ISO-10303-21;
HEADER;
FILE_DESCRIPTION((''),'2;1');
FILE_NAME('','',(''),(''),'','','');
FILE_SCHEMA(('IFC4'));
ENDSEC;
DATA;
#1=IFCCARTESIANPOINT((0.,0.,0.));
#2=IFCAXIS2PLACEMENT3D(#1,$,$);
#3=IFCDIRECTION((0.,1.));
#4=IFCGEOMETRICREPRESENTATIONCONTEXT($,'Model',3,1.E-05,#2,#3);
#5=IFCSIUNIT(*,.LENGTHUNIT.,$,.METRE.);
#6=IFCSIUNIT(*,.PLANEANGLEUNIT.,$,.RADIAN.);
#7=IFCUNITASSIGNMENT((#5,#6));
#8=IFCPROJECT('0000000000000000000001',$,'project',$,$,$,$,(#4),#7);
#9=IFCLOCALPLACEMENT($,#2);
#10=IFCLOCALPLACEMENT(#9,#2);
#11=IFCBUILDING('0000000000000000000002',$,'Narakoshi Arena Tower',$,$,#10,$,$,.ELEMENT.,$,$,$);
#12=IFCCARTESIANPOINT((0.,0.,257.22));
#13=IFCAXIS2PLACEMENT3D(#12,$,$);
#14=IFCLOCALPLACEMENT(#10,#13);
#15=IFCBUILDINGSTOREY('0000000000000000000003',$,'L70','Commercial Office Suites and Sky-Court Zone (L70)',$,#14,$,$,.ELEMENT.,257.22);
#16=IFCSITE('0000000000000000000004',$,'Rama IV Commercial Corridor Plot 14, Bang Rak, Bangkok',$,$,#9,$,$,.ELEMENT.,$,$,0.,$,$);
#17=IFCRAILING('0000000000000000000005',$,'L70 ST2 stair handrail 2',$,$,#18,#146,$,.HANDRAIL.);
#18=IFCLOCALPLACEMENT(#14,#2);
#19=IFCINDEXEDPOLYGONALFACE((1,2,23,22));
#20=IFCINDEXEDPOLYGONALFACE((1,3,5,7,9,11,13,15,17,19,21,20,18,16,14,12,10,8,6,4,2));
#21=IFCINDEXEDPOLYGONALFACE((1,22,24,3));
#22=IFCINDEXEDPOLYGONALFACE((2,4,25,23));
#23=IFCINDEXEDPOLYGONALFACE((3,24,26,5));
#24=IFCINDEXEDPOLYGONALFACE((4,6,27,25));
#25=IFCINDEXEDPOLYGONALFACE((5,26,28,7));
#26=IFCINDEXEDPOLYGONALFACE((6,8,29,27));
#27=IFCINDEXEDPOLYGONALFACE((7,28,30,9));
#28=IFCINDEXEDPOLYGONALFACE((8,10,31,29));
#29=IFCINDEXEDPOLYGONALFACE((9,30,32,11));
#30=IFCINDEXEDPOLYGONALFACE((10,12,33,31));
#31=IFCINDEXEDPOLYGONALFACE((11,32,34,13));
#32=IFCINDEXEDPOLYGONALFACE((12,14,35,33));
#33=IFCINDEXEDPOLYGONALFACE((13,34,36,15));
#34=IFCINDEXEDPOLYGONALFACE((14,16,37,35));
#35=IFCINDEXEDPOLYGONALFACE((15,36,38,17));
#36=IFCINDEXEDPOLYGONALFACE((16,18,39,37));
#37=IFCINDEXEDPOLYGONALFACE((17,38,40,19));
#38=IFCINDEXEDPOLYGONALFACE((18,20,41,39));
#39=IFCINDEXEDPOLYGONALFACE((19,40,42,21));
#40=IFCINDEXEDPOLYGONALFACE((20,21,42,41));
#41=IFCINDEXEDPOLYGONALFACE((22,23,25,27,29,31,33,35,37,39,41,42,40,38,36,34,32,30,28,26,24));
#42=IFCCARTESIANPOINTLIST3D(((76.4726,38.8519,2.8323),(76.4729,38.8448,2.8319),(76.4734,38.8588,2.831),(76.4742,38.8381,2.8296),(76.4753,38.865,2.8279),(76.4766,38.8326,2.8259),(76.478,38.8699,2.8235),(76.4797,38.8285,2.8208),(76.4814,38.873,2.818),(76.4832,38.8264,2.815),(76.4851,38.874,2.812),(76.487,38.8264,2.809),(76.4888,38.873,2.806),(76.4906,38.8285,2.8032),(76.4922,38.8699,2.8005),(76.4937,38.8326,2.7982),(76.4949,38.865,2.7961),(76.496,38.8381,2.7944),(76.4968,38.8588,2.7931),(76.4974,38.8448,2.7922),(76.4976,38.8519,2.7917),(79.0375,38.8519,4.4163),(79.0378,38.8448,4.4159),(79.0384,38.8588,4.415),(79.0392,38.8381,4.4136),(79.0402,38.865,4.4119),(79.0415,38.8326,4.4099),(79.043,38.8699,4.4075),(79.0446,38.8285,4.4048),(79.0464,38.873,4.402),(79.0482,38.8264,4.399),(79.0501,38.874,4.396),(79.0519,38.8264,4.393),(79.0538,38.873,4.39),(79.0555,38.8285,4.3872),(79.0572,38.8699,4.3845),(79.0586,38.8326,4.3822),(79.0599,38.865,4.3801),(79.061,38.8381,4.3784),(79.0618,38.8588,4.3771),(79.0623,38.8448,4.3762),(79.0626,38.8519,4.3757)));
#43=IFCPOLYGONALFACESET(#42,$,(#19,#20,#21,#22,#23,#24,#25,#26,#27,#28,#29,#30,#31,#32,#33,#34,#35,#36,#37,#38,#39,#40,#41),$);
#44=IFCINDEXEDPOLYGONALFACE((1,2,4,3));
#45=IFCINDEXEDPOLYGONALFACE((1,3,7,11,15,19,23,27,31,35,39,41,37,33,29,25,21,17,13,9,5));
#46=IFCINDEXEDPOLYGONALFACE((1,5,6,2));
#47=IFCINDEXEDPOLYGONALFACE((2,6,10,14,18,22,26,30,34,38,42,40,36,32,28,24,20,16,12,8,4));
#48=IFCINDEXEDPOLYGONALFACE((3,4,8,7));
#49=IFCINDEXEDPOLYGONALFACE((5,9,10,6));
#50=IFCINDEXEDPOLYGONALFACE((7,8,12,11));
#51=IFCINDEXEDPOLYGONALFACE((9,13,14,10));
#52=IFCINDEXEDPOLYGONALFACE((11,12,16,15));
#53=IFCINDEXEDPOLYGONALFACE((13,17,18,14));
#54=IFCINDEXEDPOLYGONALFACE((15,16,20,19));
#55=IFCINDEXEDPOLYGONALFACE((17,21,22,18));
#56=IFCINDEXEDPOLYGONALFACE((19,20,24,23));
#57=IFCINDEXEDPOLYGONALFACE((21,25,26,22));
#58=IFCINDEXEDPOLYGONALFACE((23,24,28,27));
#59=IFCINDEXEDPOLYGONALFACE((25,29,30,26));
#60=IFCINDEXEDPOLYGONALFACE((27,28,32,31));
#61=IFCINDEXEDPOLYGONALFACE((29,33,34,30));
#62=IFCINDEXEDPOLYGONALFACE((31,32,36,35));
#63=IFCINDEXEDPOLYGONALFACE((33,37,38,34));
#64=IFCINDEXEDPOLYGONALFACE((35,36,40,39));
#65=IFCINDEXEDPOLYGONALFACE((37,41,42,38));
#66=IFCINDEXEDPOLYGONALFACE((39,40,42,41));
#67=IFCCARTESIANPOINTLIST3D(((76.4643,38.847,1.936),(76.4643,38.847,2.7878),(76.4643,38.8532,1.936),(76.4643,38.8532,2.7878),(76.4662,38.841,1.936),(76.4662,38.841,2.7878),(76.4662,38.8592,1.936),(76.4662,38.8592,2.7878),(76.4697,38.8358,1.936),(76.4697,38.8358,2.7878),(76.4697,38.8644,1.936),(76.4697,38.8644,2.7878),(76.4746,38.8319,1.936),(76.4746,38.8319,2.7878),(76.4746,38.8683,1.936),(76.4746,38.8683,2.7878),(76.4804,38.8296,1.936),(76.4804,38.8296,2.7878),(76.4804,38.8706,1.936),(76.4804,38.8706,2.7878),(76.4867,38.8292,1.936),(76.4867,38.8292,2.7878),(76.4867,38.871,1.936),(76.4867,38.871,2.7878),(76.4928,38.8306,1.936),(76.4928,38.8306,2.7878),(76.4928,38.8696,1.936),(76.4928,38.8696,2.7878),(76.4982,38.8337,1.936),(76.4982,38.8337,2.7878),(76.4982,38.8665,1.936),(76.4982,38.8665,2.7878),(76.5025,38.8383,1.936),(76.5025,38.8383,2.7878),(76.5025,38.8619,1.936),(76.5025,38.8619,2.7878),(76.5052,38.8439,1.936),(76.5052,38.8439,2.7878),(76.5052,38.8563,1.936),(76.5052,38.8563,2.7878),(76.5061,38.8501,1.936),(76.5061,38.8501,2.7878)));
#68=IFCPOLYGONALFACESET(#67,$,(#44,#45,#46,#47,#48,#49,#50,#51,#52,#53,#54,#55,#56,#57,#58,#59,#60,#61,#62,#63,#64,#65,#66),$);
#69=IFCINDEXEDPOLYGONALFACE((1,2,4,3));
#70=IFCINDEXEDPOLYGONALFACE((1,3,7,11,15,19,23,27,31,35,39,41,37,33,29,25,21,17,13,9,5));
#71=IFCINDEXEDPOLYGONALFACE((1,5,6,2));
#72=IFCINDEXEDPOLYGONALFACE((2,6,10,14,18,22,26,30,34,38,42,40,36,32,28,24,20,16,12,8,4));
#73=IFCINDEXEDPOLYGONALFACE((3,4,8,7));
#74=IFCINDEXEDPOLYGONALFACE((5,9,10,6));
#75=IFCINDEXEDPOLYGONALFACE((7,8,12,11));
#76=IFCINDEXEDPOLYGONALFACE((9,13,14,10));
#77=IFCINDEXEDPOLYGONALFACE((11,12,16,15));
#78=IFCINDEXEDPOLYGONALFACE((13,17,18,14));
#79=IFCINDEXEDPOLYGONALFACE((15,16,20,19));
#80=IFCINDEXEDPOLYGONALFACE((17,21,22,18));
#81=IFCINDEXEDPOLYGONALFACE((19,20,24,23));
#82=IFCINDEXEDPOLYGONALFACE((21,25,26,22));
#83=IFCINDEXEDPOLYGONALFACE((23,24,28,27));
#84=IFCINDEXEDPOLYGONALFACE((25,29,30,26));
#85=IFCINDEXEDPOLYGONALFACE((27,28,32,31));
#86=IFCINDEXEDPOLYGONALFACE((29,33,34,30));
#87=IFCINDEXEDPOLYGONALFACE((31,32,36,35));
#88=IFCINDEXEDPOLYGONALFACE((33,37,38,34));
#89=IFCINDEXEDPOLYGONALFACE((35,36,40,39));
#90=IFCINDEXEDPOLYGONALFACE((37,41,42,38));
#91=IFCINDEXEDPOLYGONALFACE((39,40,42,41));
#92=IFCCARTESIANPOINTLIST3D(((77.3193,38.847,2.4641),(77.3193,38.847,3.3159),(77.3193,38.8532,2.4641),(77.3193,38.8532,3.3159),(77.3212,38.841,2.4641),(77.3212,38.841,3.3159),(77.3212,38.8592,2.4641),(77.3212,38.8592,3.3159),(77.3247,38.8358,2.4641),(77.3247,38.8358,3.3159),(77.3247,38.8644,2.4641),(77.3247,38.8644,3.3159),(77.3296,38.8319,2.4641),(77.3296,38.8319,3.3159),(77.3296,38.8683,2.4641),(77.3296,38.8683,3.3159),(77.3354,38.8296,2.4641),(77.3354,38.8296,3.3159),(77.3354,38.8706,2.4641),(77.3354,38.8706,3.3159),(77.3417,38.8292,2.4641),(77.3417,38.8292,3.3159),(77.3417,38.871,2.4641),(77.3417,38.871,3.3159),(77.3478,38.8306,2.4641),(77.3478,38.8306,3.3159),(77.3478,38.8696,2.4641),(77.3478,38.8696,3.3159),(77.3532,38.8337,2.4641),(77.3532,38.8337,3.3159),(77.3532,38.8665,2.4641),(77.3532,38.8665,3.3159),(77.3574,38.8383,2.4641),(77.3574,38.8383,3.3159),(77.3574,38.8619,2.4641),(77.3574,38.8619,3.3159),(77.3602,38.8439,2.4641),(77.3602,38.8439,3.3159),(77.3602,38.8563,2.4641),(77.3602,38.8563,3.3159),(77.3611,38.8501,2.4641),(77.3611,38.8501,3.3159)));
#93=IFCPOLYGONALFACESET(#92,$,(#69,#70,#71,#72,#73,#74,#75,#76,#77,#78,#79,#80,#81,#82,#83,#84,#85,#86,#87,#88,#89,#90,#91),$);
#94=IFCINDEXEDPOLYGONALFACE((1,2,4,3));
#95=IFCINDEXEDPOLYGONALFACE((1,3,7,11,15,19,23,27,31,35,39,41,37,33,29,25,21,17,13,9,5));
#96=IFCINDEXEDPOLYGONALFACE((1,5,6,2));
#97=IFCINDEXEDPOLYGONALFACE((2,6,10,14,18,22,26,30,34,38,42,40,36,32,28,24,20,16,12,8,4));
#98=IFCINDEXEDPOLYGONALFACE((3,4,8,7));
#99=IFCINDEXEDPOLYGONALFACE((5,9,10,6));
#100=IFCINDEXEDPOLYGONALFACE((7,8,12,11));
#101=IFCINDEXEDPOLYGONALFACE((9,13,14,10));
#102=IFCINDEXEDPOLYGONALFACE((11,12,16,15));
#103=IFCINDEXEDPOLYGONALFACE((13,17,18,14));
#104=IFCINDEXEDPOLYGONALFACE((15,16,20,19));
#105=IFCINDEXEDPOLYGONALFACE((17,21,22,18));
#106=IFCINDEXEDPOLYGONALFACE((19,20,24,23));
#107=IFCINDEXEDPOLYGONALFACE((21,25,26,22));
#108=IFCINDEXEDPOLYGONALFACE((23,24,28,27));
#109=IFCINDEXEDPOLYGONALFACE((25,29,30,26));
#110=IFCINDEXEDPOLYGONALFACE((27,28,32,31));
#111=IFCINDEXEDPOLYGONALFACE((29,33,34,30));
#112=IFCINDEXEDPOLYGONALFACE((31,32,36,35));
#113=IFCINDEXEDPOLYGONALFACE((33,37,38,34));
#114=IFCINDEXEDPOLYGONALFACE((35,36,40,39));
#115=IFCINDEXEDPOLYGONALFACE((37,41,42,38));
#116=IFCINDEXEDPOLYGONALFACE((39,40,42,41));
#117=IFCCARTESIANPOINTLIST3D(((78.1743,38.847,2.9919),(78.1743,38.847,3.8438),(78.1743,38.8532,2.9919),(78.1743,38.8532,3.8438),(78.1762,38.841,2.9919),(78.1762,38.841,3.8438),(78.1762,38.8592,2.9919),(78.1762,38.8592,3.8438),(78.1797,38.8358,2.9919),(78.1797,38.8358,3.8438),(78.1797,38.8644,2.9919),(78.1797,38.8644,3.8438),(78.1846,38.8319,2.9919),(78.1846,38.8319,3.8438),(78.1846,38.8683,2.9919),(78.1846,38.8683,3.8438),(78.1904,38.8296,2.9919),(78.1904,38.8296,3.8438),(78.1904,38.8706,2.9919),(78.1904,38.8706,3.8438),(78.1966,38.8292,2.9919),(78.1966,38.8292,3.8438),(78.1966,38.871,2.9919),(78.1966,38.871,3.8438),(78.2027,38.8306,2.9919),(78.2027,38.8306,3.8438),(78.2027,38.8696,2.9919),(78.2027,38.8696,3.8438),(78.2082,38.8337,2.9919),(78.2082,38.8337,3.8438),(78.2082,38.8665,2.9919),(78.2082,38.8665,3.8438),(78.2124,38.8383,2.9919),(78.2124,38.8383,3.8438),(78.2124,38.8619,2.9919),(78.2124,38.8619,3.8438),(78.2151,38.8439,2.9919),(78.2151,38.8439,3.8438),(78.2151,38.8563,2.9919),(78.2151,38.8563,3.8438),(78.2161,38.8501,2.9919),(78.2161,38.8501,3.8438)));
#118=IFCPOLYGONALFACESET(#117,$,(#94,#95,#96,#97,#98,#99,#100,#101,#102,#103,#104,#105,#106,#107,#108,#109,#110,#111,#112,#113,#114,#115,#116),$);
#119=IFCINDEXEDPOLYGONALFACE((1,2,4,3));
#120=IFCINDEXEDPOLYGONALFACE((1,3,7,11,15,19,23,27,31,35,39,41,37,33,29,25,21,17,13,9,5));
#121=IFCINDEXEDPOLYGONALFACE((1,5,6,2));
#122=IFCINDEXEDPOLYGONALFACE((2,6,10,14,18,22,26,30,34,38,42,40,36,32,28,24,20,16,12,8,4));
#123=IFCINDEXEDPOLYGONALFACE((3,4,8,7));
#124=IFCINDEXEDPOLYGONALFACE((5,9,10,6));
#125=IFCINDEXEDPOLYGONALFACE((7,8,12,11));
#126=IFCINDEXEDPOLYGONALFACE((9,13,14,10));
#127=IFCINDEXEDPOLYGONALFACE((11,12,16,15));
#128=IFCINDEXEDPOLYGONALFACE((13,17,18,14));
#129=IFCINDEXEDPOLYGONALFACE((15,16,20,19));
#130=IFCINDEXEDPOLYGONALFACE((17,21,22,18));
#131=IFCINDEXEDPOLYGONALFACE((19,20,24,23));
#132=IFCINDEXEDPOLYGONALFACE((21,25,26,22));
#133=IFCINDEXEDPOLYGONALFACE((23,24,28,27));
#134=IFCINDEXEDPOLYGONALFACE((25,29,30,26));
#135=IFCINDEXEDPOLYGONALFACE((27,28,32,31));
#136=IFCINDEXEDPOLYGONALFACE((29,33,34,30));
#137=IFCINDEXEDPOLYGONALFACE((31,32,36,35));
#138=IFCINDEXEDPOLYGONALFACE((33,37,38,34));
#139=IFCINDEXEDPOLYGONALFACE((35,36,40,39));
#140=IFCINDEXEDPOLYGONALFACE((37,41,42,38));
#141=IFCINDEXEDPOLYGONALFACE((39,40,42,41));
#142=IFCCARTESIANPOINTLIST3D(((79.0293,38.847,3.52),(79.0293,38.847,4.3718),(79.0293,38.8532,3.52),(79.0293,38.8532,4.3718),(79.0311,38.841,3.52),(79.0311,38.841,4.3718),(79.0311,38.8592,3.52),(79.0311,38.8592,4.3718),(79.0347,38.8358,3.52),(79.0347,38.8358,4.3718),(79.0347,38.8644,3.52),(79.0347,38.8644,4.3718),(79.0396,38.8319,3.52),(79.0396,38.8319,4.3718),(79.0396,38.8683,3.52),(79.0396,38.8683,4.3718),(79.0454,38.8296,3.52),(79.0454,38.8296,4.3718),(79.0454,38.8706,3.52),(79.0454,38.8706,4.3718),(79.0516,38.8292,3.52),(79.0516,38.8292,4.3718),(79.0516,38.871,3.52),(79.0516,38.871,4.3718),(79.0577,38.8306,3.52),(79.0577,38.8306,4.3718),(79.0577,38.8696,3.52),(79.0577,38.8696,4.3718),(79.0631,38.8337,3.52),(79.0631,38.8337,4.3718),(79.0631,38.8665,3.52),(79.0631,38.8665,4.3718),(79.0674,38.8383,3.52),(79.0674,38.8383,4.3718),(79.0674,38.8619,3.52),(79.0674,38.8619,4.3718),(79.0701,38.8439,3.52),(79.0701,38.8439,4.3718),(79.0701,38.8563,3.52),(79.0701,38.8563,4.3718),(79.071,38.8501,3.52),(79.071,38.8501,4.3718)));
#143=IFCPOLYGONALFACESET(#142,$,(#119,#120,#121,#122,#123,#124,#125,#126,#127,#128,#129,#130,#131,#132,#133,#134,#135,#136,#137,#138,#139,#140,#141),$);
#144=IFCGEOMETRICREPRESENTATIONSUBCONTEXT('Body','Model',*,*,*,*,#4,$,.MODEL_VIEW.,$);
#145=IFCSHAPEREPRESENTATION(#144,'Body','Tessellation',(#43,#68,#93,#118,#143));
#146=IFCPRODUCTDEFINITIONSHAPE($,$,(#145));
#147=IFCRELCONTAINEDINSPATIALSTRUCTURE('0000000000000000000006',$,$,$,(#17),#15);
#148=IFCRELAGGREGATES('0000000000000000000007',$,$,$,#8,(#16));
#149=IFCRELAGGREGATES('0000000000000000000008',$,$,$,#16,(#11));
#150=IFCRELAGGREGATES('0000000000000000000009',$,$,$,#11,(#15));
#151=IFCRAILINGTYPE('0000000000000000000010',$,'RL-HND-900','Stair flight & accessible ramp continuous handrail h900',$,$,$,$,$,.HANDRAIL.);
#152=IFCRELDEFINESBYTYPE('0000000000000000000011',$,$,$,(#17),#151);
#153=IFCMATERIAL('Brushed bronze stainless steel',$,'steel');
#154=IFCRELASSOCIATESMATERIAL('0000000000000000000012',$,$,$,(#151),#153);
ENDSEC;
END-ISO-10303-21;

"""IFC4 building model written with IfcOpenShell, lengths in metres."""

from ifc_helpers import new_model, si_unit, direction, frame, origin, origin_2d, place, context, subcontext, project, spatial, circle, extrude, material, type_object, element, save


model = new_model("IFC4")

# Units and contexts
model_context = context("Model", 3, precision=1e-05, world=origin(), true_north=direction((0.0, 1.0)))
body_context = subcontext(model_context, "Body", "Model", "MODEL_VIEW")
ifc_project = project(units=[si_unit("LENGTHUNIT", "METRE"), si_unit("PLANEANGLEUNIT", "RADIAN")], contexts=[model_context])

# Site, building, storey
site_placement = place(None, origin())
site = spatial("IfcSite", under=ifc_project, at=site_placement, Name="Rama IV Commercial Corridor Plot 14, Bang Rak, Bangkok", CompositionType="ELEMENT", RefElevation=0.0)
building_placement = place(site_placement, origin())
building = spatial("IfcBuilding", under=site, at=building_placement, Name="Narakoshi Arena Tower", CompositionType="ELEMENT")
storey_placement = place(building_placement, frame((0.0, 0.0, 257.22)))
storey = spatial("IfcBuildingStorey", under=building, at=storey_placement, Name="L70", Description="Commercial Office Suites and Sky-Court Zone (L70)", CompositionType="ELEMENT", Elevation=257.22)

# Railing
ifc_material_1 = material(Name="Brushed bronze stainless steel", Category="steel")
railing_type_1 = type_object("IfcRailingType", Name="RL-HND-900", Description="Stair flight & accessible ramp continuous handrail h900", PredefinedType="HANDRAIL", material=ifc_material_1)
railing_1_placement = place(storey_placement, frame((76.4851, 38.8501, 1.936)))
element("IfcRailing", 1, at=railing_1_placement, inside=storey, type_object=railing_type_1, Name="L70 ST2 stair handrail 2", PredefinedType="HANDRAIL", context=body_context, shape_type="SweptSolid", body=[
    extrude(circle(Radius=0.0239, at=origin_2d()), frame((0.0, 0.0, 0.876), z_axis=(0.850834, 0.0, 0.525434), x_axis=(0.0, 1.0, 0.0)), (0.0, 0.0, 1.0), 3.0146),
    extrude(circle(Radius=0.021, at=origin_2d()), origin(), (0.0, 0.0, 1.0), 0.8518),
    extrude(circle(Radius=0.021, at=origin_2d()), frame((0.855, 0.0, 0.5281)), (0.0, 0.0, 1.0), 0.8518),
    extrude(circle(Radius=0.021, at=origin_2d()), frame((1.71, 0.0, 1.0559)), (0.0, 0.0, 1.0), 0.8518),
    extrude(circle(Radius=0.021, at=origin_2d()), frame((2.5649, 0.0, 1.584)), (0.0, 0.0, 1.0), 0.8518),
])

save(model, "model.ifc")
